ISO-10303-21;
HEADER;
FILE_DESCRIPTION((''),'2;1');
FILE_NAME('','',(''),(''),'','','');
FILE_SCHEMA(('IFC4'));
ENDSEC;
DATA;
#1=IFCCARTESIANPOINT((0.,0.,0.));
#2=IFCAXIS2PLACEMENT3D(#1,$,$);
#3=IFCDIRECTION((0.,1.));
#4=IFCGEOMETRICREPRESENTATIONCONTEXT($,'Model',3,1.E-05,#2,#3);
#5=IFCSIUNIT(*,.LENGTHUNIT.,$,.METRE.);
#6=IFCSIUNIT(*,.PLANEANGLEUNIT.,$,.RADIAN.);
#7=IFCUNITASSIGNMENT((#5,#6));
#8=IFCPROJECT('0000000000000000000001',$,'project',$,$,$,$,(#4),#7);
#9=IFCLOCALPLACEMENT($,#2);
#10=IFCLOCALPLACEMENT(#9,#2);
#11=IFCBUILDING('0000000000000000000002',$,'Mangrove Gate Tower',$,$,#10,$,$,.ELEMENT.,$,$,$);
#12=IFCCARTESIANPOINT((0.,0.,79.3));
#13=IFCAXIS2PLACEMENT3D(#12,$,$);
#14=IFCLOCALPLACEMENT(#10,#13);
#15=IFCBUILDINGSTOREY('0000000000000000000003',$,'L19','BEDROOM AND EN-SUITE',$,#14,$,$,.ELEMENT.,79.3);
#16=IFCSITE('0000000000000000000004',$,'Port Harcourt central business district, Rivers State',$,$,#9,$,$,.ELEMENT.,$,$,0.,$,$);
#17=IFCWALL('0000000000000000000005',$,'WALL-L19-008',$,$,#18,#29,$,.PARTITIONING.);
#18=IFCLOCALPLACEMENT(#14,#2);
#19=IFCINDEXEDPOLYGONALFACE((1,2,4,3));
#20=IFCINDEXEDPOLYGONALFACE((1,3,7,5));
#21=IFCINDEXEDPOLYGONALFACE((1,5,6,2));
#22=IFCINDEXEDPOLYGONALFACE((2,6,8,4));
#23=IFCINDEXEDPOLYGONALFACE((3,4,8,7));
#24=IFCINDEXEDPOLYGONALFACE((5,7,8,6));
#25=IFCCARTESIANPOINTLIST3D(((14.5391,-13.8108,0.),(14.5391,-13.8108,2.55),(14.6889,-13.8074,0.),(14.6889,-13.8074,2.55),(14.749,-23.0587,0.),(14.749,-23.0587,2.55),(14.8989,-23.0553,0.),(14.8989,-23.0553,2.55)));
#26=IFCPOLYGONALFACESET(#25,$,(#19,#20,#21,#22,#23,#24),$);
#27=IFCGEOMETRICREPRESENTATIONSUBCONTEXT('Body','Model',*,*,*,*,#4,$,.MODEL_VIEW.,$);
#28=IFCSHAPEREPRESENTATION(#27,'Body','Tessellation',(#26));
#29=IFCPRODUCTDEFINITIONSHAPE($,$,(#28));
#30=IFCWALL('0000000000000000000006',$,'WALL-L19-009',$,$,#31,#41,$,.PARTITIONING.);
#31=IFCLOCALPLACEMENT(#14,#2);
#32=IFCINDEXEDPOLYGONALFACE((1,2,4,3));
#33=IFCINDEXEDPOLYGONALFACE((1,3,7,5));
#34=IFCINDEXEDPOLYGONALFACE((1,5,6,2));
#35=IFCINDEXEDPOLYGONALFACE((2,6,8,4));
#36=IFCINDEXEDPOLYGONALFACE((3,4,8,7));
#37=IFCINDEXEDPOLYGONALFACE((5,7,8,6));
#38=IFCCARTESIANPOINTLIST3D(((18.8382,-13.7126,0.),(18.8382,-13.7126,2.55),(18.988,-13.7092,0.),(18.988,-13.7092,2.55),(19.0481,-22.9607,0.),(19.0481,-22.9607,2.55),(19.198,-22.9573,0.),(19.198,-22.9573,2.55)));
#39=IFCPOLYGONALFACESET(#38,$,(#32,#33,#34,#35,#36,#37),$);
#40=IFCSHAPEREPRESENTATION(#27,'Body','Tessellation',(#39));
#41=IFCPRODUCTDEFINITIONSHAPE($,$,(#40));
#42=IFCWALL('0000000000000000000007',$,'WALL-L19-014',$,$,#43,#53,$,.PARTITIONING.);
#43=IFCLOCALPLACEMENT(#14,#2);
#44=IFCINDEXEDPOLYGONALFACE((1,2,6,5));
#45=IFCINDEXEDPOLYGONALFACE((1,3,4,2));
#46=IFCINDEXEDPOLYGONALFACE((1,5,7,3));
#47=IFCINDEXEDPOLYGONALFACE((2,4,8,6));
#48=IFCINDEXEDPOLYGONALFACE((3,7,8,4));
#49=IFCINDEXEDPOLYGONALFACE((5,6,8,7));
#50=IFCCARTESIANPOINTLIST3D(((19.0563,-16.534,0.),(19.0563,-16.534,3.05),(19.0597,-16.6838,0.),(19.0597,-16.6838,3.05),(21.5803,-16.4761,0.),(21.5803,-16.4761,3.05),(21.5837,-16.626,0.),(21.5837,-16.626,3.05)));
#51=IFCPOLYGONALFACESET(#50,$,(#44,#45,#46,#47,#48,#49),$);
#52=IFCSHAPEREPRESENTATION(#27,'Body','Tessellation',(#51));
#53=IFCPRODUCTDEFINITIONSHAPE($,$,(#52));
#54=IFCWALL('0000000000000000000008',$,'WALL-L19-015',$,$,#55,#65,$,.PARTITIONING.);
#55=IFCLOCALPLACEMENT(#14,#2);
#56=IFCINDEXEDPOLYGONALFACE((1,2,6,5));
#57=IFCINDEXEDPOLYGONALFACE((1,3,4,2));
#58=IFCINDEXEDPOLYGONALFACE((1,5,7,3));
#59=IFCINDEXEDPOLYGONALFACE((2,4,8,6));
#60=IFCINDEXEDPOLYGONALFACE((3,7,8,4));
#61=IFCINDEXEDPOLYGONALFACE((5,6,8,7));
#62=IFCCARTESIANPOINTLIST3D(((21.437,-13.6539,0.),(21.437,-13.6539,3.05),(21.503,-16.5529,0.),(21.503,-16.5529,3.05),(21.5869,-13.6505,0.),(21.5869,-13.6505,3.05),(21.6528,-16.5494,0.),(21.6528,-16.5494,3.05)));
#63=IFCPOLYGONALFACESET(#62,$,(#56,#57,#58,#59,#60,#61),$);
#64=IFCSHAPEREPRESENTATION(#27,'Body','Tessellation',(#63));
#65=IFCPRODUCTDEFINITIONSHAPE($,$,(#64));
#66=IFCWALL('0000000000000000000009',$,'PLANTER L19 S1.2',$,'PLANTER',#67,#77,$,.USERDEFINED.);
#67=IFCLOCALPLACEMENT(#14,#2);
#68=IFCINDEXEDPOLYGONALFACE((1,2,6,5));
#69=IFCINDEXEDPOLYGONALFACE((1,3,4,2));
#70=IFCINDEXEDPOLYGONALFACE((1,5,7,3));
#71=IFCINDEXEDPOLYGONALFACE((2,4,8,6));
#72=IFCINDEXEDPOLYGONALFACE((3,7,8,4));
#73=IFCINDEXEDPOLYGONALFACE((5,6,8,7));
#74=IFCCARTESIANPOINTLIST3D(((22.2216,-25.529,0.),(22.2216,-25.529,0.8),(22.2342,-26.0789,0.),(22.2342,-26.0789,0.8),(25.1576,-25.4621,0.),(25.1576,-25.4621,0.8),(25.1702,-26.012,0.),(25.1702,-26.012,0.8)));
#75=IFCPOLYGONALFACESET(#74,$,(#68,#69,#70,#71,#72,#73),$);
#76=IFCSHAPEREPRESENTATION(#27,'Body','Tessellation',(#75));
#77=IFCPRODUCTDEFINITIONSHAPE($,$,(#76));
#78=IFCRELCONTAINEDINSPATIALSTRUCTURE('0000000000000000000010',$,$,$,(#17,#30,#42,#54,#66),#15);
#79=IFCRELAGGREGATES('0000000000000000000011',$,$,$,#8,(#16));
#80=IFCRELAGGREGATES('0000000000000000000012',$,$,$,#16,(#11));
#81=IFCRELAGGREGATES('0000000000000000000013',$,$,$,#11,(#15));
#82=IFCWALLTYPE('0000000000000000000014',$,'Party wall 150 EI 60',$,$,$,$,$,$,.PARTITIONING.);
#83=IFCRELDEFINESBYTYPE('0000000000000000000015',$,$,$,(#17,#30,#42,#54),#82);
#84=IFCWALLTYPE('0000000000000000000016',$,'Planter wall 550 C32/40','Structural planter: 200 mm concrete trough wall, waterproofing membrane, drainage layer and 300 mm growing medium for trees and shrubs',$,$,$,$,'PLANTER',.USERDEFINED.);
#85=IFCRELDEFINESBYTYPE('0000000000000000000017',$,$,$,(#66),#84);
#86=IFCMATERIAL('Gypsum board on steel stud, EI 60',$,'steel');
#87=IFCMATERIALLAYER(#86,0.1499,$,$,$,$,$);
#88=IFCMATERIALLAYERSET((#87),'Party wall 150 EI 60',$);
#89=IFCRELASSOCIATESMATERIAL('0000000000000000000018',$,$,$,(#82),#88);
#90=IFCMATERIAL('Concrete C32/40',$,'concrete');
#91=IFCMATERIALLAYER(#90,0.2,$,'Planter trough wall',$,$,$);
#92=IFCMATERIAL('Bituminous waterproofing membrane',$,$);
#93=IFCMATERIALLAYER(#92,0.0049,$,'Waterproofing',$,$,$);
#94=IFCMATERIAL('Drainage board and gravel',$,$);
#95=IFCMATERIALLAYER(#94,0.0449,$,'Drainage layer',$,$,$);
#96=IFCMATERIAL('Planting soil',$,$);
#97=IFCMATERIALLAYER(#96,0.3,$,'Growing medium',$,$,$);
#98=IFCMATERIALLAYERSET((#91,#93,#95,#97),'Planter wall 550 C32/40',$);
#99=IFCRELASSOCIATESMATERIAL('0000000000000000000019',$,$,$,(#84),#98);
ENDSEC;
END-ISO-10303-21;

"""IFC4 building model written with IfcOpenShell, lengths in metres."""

from ifc_helpers import new_model, si_unit, direction, frame, frame_2d, origin, place, context, subcontext, project, spatial, rectangle, extrude, material, layer, layer_set, type_object, element, save


model = new_model("IFC4")

# Units and contexts
model_context = context("Model", 3, precision=1e-05, world=origin(), true_north=direction((0.0, 1.0)))
body_context = subcontext(model_context, "Body", "Model", "MODEL_VIEW")
ifc_project = project(units=[si_unit("LENGTHUNIT", "METRE"), si_unit("PLANEANGLEUNIT", "RADIAN")], contexts=[model_context])

# Site, building, storey
site_placement = place(None, origin())
site = spatial("IfcSite", under=ifc_project, at=site_placement, Name="Port Harcourt central business district, Rivers State", CompositionType="ELEMENT", RefElevation=0.0)
building_placement = place(site_placement, origin())
building = spatial("IfcBuilding", under=site, at=building_placement, Name="Mangrove Gate Tower", CompositionType="ELEMENT")
storey_placement = place(building_placement, frame((0.0, 0.0, 79.3)))
storey = spatial("IfcBuildingStorey", under=building, at=storey_placement, Name="L19", Description="BEDROOM AND EN-SUITE", CompositionType="ELEMENT", Elevation=79.3)

# Walls
ifc_material_1 = material(Name="Gypsum board on steel stud, EI 60", Category="steel")
ifc_layer_1 = layer(ifc_material_1, 0.1499)
ifc_layer_set_1 = layer_set([ifc_layer_1], Name="Party wall 150 EI 60")
wall_type_1 = type_object("IfcWallType", Name="Party wall 150 EI 60", PredefinedType="PARTITIONING", material=ifc_layer_set_1)
wall_1_placement = place(storey_placement, frame((14.824, -23.0569, 0.0), z_axis=(0.0, 0.0, 1.0), x_axis=(-0.022698, 0.999742, 0.0)))
element("IfcWall", 1, at=wall_1_placement, inside=storey, type_object=wall_type_1, Name="WALL-L19-008", PredefinedType="PARTITIONING", context=body_context, shape_type="SweptSolid", body=[
    extrude(rectangle(XDim=9.2502, YDim=0.1499, at=frame_2d((4.625, 0.0))), origin(), (0.0, 0.0, 1.0), 2.55),
])
wall_2_placement = place(storey_placement, frame((19.123, -22.959, 0.0), z_axis=(0.0, 0.0, 1.0), x_axis=(-0.022697, 0.999742, 0.0)))
element("IfcWall", 2, at=wall_2_placement, inside=storey, type_object=wall_type_1, Name="WALL-L19-009", PredefinedType="PARTITIONING", context=body_context, shape_type="SweptSolid", body=[
    extrude(rectangle(XDim=9.2505, YDim=0.1499, at=frame_2d((4.6252, 0.0))), origin(), (0.0, 0.0, 1.0), 2.55),
])
wall_3_placement = place(storey_placement, frame((19.0581, -16.6089, 0.0), z_axis=(0.0, 0.0, 1.0), x_axis=(0.999737, 0.022919, 0.0)))
element("IfcWall", 3, at=wall_3_placement, inside=storey, type_object=wall_type_1, Name="WALL-L19-014", PredefinedType="PARTITIONING", context=body_context, shape_type="SweptSolid", body=[
    extrude(rectangle(XDim=2.5247, YDim=0.1499, at=frame_2d((1.2622, 0.0))), origin(), (0.0, 0.0, 1.0), 3.05),
])
wall_4_placement = place(storey_placement, frame((21.5779, -16.551, 0.0), z_axis=(0.0, 0.0, 1.0), x_axis=(-0.022733, 0.999742, 0.0)))
element("IfcWall", 4, at=wall_4_placement, inside=storey, type_object=wall_type_1, Name="WALL-L19-015", PredefinedType="PARTITIONING", context=body_context, shape_type="SweptSolid", body=[
    extrude(rectangle(XDim=2.8997, YDim=0.1499, at=frame_2d((1.4497, 0.0))), origin(), (0.0, 0.0, 1.0), 3.05),
])
ifc_material_2 = material(Name="Concrete C32/40", Category="concrete")
ifc_layer_2 = layer(ifc_material_2, 0.2, Name="Planter trough wall")
ifc_material_3 = material(Name="Bituminous waterproofing membrane")
ifc_layer_3 = layer(ifc_material_3, 0.0049, Name="Waterproofing")
ifc_material_4 = material(Name="Drainage board and gravel")
ifc_layer_4 = layer(ifc_material_4, 0.0449, Name="Drainage layer")
ifc_material_5 = material(Name="Planting soil")
ifc_layer_5 = layer(ifc_material_5, 0.3, Name="Growing medium")
ifc_layer_set_2 = layer_set([ifc_layer_2, ifc_layer_3, ifc_layer_4, ifc_layer_5], Name="Planter wall 550 C32/40")
wall_type_2 = type_object("IfcWallType", Name="Planter wall 550 C32/40", Description="Structural planter: 200 mm concrete trough wall, waterproofing membrane, drainage layer and 300 mm growing medium for trees and shrubs", ElementType="PLANTER", PredefinedType="USERDEFINED", material=ifc_layer_set_2)
wall_5_placement = place(storey_placement, frame((22.228, -25.804, 0.0), z_axis=(0.0, 0.0, 1.0), x_axis=(0.999741, 0.022778, 0.0)))
element("IfcWall", 5, at=wall_5_placement, inside=storey, type_object=wall_type_2, Name="PLANTER L19 S1.2", ObjectType="PLANTER", PredefinedType="USERDEFINED", context=body_context, shape_type="SweptSolid", body=[
    extrude(rectangle(XDim=2.9368, YDim=0.55, at=frame_2d((1.4683, 0.0))), origin(), (0.0, 0.0, 1.0), 0.8),
])

save(model, "model.ifc")
